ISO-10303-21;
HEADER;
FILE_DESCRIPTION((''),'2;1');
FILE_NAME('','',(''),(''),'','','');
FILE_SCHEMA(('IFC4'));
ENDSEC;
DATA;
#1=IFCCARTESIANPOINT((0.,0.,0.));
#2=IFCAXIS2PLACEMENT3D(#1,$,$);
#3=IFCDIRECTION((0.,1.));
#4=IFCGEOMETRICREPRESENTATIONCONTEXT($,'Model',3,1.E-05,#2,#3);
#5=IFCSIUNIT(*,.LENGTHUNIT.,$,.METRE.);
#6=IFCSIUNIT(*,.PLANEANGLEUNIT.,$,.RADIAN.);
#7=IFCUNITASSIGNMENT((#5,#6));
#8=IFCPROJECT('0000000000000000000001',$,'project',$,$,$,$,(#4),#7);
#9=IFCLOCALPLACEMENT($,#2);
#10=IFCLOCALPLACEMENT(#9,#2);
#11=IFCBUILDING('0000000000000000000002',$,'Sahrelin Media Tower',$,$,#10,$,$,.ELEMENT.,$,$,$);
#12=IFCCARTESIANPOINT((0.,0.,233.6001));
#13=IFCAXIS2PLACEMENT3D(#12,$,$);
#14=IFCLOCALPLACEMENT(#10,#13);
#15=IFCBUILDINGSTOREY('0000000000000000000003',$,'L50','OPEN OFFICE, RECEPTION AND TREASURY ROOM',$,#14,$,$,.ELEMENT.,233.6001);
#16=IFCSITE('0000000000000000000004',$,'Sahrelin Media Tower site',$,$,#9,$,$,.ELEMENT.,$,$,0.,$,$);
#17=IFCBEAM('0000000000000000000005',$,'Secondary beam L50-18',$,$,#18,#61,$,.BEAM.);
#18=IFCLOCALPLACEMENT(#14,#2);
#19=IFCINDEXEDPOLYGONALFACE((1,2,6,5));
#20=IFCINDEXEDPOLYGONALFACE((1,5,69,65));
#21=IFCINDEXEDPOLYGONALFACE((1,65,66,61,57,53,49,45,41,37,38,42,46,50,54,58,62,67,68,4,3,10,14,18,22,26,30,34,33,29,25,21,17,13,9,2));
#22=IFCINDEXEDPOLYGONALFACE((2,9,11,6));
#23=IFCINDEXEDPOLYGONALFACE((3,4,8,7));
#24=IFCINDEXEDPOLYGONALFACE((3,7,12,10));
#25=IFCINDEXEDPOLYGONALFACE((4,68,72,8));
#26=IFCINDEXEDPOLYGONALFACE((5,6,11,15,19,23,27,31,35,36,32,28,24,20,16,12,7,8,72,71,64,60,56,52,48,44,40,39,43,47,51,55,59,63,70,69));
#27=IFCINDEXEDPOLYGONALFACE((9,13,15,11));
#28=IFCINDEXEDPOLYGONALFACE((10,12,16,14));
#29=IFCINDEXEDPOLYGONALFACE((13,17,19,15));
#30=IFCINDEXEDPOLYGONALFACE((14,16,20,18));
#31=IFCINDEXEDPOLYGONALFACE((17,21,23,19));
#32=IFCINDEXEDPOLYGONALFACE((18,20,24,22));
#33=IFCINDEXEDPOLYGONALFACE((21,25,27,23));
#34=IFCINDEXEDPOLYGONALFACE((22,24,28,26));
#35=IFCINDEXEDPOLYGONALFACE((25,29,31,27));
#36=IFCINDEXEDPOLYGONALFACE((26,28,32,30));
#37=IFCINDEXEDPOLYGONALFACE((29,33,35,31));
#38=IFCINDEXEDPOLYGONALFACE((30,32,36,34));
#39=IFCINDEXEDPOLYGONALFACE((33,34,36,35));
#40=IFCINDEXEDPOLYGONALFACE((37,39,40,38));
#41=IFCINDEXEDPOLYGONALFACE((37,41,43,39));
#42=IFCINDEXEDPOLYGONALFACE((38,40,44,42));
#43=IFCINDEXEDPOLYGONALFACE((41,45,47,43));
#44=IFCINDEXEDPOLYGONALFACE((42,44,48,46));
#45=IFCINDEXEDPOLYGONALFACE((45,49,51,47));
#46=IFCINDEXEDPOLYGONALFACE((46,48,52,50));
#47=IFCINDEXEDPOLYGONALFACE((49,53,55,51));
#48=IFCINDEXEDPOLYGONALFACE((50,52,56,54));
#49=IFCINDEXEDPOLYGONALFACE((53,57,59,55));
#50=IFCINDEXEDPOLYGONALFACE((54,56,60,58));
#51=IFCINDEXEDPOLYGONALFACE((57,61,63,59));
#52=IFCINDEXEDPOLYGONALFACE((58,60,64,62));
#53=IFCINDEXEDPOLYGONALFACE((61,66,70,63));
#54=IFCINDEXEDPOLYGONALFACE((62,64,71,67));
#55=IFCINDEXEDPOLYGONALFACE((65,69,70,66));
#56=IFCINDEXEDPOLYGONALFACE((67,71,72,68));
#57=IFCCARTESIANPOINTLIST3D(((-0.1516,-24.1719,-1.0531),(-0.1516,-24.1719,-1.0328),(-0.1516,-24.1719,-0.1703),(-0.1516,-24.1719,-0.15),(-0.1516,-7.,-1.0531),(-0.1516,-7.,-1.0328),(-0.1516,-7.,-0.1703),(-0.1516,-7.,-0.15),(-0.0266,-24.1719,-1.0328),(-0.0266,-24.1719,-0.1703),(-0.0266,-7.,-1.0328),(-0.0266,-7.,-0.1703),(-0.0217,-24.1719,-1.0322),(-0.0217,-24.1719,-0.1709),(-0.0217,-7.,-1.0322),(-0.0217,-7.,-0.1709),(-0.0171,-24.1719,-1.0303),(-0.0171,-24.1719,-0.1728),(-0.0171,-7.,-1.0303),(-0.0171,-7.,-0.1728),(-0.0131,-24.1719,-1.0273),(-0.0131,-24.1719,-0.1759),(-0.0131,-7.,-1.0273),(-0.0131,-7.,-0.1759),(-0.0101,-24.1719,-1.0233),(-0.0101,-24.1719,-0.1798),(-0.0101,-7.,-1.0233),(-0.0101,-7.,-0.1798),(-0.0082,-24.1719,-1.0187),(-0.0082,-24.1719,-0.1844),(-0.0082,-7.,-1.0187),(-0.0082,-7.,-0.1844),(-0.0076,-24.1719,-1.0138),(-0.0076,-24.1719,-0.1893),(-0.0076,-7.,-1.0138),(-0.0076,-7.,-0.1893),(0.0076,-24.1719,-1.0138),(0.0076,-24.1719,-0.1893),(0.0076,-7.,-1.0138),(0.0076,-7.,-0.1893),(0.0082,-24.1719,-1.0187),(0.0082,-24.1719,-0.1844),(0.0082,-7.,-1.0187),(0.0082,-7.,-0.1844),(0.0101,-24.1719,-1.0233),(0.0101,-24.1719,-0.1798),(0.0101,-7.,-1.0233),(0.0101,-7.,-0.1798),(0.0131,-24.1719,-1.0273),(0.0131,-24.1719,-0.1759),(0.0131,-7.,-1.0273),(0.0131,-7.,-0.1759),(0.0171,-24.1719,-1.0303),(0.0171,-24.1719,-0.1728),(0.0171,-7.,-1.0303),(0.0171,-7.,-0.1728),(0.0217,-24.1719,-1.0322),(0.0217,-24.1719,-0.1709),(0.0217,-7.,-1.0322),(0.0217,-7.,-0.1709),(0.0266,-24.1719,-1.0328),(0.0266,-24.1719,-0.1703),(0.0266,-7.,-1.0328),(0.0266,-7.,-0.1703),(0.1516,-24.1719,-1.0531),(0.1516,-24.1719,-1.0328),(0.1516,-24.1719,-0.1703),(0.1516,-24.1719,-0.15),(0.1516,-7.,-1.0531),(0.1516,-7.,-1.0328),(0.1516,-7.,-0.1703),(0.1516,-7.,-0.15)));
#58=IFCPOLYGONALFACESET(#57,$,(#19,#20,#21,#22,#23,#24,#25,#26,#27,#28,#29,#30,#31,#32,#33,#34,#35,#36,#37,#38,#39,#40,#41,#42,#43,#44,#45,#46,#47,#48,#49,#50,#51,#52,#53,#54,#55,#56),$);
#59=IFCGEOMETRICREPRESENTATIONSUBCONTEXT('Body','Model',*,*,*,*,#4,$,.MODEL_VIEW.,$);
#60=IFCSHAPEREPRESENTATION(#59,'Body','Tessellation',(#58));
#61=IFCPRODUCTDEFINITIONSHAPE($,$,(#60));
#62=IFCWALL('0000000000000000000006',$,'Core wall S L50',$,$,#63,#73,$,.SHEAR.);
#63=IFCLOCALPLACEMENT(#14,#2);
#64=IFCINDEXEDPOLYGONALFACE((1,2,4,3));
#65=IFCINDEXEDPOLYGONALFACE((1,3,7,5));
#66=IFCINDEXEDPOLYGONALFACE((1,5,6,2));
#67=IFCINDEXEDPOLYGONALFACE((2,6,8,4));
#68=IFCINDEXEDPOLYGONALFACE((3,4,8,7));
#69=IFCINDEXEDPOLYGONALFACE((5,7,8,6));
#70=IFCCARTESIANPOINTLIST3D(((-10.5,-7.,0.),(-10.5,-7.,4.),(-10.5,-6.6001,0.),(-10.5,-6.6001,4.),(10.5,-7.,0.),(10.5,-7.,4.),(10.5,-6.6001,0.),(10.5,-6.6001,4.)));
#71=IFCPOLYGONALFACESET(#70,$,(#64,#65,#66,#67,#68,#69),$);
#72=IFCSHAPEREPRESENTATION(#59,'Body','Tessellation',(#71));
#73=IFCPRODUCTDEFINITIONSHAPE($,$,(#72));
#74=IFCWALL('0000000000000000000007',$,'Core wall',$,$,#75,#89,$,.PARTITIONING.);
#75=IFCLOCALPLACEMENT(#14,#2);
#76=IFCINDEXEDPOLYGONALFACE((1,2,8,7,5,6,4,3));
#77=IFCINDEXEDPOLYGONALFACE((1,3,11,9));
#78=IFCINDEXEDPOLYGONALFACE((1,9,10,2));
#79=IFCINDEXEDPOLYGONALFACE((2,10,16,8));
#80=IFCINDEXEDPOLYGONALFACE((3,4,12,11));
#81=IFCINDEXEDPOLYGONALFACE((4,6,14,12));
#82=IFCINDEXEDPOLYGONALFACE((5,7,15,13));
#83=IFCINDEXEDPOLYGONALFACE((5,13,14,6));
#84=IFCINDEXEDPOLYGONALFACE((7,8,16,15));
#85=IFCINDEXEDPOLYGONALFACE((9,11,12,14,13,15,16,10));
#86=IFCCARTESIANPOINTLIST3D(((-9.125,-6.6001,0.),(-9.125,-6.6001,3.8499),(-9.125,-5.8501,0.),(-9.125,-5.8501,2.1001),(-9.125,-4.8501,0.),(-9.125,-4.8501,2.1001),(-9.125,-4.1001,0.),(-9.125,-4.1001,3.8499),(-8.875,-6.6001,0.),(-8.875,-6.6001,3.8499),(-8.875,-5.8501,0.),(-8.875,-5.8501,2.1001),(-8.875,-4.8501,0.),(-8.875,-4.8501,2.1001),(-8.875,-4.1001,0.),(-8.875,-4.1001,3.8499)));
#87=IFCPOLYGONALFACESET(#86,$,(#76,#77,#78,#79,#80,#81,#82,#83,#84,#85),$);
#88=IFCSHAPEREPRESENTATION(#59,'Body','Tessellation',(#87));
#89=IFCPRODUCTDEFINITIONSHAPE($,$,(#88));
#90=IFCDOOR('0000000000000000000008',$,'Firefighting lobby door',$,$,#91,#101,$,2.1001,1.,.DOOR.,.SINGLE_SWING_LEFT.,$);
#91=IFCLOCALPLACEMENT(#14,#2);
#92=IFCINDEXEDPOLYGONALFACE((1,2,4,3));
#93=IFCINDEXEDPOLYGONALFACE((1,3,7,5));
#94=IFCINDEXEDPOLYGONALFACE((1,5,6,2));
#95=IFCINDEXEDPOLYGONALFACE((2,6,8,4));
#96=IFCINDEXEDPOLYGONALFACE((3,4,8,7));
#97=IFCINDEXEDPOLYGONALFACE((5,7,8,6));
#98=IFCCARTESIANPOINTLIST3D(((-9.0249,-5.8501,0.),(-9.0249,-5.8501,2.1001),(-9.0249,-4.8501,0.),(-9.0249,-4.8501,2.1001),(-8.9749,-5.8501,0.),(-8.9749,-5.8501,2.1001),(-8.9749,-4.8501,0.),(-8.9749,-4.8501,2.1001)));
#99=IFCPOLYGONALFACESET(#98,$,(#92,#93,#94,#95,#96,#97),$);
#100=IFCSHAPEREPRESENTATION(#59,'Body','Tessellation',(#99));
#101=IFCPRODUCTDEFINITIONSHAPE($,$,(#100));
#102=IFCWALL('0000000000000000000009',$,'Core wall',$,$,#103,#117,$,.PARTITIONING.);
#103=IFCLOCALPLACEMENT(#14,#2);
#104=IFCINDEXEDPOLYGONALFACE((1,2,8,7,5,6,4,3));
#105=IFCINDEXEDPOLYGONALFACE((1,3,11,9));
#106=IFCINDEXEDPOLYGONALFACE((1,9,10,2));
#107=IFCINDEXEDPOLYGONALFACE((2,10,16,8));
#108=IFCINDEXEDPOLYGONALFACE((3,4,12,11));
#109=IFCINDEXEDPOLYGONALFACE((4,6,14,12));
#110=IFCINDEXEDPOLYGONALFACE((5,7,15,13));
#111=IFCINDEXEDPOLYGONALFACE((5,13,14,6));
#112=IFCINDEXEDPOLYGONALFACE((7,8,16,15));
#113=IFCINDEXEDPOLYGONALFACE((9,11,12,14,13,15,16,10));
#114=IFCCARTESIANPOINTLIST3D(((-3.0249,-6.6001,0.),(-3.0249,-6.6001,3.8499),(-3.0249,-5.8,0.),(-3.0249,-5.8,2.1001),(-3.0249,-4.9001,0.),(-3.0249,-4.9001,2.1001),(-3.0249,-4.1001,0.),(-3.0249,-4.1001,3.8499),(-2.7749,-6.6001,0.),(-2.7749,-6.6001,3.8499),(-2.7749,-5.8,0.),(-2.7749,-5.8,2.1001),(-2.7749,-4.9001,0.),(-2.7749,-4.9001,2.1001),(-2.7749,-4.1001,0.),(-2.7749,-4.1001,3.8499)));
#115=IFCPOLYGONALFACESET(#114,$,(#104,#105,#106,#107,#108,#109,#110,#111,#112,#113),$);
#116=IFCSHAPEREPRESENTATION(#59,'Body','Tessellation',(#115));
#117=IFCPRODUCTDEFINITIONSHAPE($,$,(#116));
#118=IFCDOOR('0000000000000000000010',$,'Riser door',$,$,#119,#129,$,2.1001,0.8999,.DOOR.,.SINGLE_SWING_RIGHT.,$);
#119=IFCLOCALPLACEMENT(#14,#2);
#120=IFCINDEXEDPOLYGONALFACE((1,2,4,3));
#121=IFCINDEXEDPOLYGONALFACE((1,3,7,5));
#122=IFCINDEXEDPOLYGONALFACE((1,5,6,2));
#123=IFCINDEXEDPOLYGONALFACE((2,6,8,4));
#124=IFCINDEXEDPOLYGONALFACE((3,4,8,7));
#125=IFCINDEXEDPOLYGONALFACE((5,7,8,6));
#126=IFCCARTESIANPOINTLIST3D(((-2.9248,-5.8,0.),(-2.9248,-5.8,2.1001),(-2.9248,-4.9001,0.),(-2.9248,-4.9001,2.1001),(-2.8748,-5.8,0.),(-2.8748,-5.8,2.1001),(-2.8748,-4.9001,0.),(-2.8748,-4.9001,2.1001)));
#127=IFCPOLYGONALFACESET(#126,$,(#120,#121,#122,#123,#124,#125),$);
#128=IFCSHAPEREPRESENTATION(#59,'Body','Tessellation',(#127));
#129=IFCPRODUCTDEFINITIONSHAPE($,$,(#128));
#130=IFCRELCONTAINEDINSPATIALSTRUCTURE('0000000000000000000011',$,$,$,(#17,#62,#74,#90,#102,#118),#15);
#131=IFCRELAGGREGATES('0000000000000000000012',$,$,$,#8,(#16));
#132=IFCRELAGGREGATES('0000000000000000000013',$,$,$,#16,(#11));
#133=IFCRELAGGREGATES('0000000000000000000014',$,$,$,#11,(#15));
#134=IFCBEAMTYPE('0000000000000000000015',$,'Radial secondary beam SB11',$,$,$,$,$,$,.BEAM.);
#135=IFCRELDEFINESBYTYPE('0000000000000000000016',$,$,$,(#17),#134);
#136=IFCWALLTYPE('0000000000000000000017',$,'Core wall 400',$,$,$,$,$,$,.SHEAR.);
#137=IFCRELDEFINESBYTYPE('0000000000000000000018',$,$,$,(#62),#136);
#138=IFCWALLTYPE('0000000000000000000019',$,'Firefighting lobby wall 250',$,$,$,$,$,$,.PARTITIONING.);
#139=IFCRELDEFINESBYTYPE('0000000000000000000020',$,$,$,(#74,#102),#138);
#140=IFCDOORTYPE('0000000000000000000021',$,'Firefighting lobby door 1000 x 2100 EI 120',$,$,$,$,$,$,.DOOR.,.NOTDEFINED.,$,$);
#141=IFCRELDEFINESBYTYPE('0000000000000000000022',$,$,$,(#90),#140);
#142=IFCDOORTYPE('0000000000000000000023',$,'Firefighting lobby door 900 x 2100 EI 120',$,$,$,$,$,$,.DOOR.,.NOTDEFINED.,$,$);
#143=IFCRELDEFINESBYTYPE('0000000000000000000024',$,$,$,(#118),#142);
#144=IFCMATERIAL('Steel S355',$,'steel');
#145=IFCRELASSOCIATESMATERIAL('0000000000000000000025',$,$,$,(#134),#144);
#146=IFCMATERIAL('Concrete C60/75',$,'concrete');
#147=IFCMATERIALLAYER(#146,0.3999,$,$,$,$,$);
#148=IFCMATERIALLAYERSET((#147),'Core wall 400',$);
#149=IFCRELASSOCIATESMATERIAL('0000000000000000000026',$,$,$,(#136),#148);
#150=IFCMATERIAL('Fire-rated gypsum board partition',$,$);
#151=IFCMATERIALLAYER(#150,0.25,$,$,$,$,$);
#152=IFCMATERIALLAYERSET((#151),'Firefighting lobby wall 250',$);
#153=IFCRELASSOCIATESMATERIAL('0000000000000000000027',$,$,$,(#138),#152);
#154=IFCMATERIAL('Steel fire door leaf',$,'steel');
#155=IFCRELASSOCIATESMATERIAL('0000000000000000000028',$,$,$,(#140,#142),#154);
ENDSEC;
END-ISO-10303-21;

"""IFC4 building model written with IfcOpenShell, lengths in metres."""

from ifc_helpers import new_model, si_unit, direction, frame, frame_2d, origin, origin_2d, place, context, subcontext, project, spatial, rectangle, i_section, extrude, material, layer, layer_set, material_profile, profile_set, type_object, element, fill, save


model = new_model("IFC4")

# Units and contexts
model_context = context("Model", 3, precision=1e-05, world=origin(), true_north=direction((0.0, 1.0)))
body_context = subcontext(model_context, "Body", "Model", "MODEL_VIEW")
ifc_project = project(units=[si_unit("LENGTHUNIT", "METRE"), si_unit("PLANEANGLEUNIT", "RADIAN")], contexts=[model_context])

# Site, building, storey
site_placement = place(None, origin())
site = spatial("IfcSite", under=ifc_project, at=site_placement, Name="Sahrelin Media Tower site", CompositionType="ELEMENT", RefElevation=0.0)
building_placement = place(site_placement, origin())
building = spatial("IfcBuilding", under=site, at=building_placement, Name="Sahrelin Media Tower", CompositionType="ELEMENT")
storey_placement = place(building_placement, frame((0.0, 0.0, 233.6001)))
storey = spatial("IfcBuildingStorey", under=building, at=storey_placement, Name="L50", Description="OPEN OFFICE, RECEPTION AND TREASURY ROOM", CompositionType="ELEMENT", Elevation=233.6001)

# Beam
ifc_material_1 = material(Name="Steel S355", Category="steel")
ifc_material_profile_1 = material_profile(ifc_material_1, i_section(OverallWidth=0.3032, OverallDepth=0.9031, WebThickness=0.0151, FlangeThickness=0.0203, FilletRadius=0.019, at=origin_2d()), Name="UB 914x305x201")
ifc_profile_set_1 = profile_set([ifc_material_profile_1], Name="Steel S355")
beam_type_1 = type_object("IfcBeamType", Name="Radial secondary beam SB11", PredefinedType="BEAM", material=ifc_profile_set_1)
beam_1_placement = place(storey_placement, frame((0.0, -7.0, -0.6016), z_axis=(0.0, -1.0, 0.0), x_axis=(1.0, 0.0, 0.0)))
element("IfcBeam", 1, at=beam_1_placement, inside=storey, type_object=beam_type_1, Name="Secondary beam L50-18", PredefinedType="BEAM", context=body_context, shape_type="SweptSolid", body=[
    extrude(i_section(OverallWidth=0.3032, OverallDepth=0.9031, WebThickness=0.0151, FlangeThickness=0.0203, FilletRadius=0.019, at=origin_2d()), origin(), (0.0, 0.0, 1.0), 17.1719),
])

# Wall
ifc_material_2 = material(Name="Concrete C60/75", Category="concrete")
ifc_layer_1 = layer(ifc_material_2, 0.3999)
ifc_layer_set_1 = layer_set([ifc_layer_1], Name="Core wall 400")
wall_type_1 = type_object("IfcWallType", Name="Core wall 400", PredefinedType="SHEAR", material=ifc_layer_set_1)
wall_1_placement = place(storey_placement, frame((-10.5, -6.8, 0.0), z_axis=(0.0, 0.0, 1.0), x_axis=(1.0, 0.0, 0.0)))
element("IfcWall", 2, at=wall_1_placement, inside=storey, type_object=wall_type_1, Name="Core wall S L50", PredefinedType="SHEAR", context=body_context, shape_type="SweptSolid", body=[
    extrude(rectangle(XDim=21.0, YDim=0.3999, at=frame_2d((10.5, 0.0))), origin(), (0.0, 0.0, 1.0), 4.0),
])

# Walls, openings, doors
ifc_material_3 = material(Name="Fire-rated gypsum board partition")
ifc_layer_2 = layer(ifc_material_3, 0.25)
ifc_layer_set_2 = layer_set([ifc_layer_2], Name="Firefighting lobby wall 250")
wall_type_2 = type_object("IfcWallType", Name="Firefighting lobby wall 250", PredefinedType="PARTITIONING", material=ifc_layer_set_2)
wall_2_placement = place(storey_placement, frame((-9.0, -6.6001, 0.0), z_axis=(0.0, 0.0, 1.0), x_axis=(0.0, 1.0, 0.0)))
wall_2 = element("IfcWall", 3, at=wall_2_placement, inside=storey, type_object=wall_type_2, Name="Core wall", PredefinedType="PARTITIONING", context=body_context, shape_type="SweptSolid", body=[
    extrude(rectangle(XDim=2.5, YDim=0.25, at=frame_2d((1.25, 0.0))), origin(), (0.0, 0.0, 1.0), 3.8499),
])
opening_1_placement = place(wall_2_placement, frame((0.75, 0.0, 0.0)))
opening_1 = element("IfcOpeningElement", 4, at=opening_1_placement, cuts=wall_2, PredefinedType="OPENING", context=body_context, shape_type="SweptSolid", body=[
    extrude(rectangle(XDim=1.0, YDim=2.1001, at=frame_2d((0.5, 1.05))), frame((0.0, 0.125, 0.0), z_axis=(0.0, -1.0, 0.0), x_axis=(1.0, 0.0, 0.0)), (0.0, 0.0, 1.0), 0.25),
])
ifc_material_4 = material(Name="Steel fire door leaf", Category="steel")
door_type_1 = type_object("IfcDoorType", Name="Firefighting lobby door 1000 x 2100 EI 120", OperationType="NOTDEFINED", PredefinedType="DOOR", material=ifc_material_4)
door_1_placement = place(opening_1_placement, origin())
door_1 = element("IfcDoor", 5, at=door_1_placement, inside=storey, type_object=door_type_1, Name="Firefighting lobby door", OperationType="SINGLE_SWING_LEFT", OverallHeight=2.1001, OverallWidth=1.0, PredefinedType="DOOR", context=body_context, shape_type="SweptSolid", body=[
    extrude(rectangle(XDim=1.0, YDim=2.1001, at=frame_2d((0.5, 1.05))), frame((0.0, 0.0249, 0.0), z_axis=(0.0, -1.0, 0.0), x_axis=(1.0, 0.0, 0.0)), (0.0, 0.0, 1.0), 0.05),
])
fill(opening_1, door_1)
wall_3_placement = place(storey_placement, frame((-2.8999, -6.6001, 0.0), z_axis=(0.0, 0.0, 1.0), x_axis=(0.0, 1.0, 0.0)))
wall_3 = element("IfcWall", 6, at=wall_3_placement, inside=storey, type_object=wall_type_2, Name="Core wall", PredefinedType="PARTITIONING", context=body_context, shape_type="SweptSolid", body=[
    extrude(rectangle(XDim=2.5, YDim=0.25, at=frame_2d((1.25, 0.0))), origin(), (0.0, 0.0, 1.0), 3.8499),
])
opening_2_placement = place(wall_3_placement, frame((0.8, 0.0, 0.0)))
opening_2 = element("IfcOpeningElement", 7, at=opening_2_placement, cuts=wall_3, PredefinedType="OPENING", context=body_context, shape_type="SweptSolid", body=[
    extrude(rectangle(XDim=0.8999, YDim=2.1001, at=frame_2d((0.45, 1.05))), frame((0.0, 0.125, 0.0), z_axis=(0.0, -1.0, 0.0), x_axis=(1.0, 0.0, 0.0)), (0.0, 0.0, 1.0), 0.25),
])
door_type_2 = type_object("IfcDoorType", Name="Firefighting lobby door 900 x 2100 EI 120", OperationType="NOTDEFINED", PredefinedType="DOOR", material=ifc_material_4)
door_2_placement = place(opening_2_placement, origin())
door_2 = element("IfcDoor", 8, at=door_2_placement, inside=storey, type_object=door_type_2, Name="Riser door", OperationType="SINGLE_SWING_RIGHT", OverallHeight=2.1001, OverallWidth=0.8999, PredefinedType="DOOR", context=body_context, shape_type="SweptSolid", body=[
    extrude(rectangle(XDim=0.8999, YDim=2.1001, at=frame_2d((0.45, 1.05))), frame((0.0, 0.0249, 0.0), z_axis=(0.0, -1.0, 0.0), x_axis=(1.0, 0.0, 0.0)), (0.0, 0.0, 1.0), 0.05),
])
fill(opening_2, door_2)

save(model, "model.ifc")
